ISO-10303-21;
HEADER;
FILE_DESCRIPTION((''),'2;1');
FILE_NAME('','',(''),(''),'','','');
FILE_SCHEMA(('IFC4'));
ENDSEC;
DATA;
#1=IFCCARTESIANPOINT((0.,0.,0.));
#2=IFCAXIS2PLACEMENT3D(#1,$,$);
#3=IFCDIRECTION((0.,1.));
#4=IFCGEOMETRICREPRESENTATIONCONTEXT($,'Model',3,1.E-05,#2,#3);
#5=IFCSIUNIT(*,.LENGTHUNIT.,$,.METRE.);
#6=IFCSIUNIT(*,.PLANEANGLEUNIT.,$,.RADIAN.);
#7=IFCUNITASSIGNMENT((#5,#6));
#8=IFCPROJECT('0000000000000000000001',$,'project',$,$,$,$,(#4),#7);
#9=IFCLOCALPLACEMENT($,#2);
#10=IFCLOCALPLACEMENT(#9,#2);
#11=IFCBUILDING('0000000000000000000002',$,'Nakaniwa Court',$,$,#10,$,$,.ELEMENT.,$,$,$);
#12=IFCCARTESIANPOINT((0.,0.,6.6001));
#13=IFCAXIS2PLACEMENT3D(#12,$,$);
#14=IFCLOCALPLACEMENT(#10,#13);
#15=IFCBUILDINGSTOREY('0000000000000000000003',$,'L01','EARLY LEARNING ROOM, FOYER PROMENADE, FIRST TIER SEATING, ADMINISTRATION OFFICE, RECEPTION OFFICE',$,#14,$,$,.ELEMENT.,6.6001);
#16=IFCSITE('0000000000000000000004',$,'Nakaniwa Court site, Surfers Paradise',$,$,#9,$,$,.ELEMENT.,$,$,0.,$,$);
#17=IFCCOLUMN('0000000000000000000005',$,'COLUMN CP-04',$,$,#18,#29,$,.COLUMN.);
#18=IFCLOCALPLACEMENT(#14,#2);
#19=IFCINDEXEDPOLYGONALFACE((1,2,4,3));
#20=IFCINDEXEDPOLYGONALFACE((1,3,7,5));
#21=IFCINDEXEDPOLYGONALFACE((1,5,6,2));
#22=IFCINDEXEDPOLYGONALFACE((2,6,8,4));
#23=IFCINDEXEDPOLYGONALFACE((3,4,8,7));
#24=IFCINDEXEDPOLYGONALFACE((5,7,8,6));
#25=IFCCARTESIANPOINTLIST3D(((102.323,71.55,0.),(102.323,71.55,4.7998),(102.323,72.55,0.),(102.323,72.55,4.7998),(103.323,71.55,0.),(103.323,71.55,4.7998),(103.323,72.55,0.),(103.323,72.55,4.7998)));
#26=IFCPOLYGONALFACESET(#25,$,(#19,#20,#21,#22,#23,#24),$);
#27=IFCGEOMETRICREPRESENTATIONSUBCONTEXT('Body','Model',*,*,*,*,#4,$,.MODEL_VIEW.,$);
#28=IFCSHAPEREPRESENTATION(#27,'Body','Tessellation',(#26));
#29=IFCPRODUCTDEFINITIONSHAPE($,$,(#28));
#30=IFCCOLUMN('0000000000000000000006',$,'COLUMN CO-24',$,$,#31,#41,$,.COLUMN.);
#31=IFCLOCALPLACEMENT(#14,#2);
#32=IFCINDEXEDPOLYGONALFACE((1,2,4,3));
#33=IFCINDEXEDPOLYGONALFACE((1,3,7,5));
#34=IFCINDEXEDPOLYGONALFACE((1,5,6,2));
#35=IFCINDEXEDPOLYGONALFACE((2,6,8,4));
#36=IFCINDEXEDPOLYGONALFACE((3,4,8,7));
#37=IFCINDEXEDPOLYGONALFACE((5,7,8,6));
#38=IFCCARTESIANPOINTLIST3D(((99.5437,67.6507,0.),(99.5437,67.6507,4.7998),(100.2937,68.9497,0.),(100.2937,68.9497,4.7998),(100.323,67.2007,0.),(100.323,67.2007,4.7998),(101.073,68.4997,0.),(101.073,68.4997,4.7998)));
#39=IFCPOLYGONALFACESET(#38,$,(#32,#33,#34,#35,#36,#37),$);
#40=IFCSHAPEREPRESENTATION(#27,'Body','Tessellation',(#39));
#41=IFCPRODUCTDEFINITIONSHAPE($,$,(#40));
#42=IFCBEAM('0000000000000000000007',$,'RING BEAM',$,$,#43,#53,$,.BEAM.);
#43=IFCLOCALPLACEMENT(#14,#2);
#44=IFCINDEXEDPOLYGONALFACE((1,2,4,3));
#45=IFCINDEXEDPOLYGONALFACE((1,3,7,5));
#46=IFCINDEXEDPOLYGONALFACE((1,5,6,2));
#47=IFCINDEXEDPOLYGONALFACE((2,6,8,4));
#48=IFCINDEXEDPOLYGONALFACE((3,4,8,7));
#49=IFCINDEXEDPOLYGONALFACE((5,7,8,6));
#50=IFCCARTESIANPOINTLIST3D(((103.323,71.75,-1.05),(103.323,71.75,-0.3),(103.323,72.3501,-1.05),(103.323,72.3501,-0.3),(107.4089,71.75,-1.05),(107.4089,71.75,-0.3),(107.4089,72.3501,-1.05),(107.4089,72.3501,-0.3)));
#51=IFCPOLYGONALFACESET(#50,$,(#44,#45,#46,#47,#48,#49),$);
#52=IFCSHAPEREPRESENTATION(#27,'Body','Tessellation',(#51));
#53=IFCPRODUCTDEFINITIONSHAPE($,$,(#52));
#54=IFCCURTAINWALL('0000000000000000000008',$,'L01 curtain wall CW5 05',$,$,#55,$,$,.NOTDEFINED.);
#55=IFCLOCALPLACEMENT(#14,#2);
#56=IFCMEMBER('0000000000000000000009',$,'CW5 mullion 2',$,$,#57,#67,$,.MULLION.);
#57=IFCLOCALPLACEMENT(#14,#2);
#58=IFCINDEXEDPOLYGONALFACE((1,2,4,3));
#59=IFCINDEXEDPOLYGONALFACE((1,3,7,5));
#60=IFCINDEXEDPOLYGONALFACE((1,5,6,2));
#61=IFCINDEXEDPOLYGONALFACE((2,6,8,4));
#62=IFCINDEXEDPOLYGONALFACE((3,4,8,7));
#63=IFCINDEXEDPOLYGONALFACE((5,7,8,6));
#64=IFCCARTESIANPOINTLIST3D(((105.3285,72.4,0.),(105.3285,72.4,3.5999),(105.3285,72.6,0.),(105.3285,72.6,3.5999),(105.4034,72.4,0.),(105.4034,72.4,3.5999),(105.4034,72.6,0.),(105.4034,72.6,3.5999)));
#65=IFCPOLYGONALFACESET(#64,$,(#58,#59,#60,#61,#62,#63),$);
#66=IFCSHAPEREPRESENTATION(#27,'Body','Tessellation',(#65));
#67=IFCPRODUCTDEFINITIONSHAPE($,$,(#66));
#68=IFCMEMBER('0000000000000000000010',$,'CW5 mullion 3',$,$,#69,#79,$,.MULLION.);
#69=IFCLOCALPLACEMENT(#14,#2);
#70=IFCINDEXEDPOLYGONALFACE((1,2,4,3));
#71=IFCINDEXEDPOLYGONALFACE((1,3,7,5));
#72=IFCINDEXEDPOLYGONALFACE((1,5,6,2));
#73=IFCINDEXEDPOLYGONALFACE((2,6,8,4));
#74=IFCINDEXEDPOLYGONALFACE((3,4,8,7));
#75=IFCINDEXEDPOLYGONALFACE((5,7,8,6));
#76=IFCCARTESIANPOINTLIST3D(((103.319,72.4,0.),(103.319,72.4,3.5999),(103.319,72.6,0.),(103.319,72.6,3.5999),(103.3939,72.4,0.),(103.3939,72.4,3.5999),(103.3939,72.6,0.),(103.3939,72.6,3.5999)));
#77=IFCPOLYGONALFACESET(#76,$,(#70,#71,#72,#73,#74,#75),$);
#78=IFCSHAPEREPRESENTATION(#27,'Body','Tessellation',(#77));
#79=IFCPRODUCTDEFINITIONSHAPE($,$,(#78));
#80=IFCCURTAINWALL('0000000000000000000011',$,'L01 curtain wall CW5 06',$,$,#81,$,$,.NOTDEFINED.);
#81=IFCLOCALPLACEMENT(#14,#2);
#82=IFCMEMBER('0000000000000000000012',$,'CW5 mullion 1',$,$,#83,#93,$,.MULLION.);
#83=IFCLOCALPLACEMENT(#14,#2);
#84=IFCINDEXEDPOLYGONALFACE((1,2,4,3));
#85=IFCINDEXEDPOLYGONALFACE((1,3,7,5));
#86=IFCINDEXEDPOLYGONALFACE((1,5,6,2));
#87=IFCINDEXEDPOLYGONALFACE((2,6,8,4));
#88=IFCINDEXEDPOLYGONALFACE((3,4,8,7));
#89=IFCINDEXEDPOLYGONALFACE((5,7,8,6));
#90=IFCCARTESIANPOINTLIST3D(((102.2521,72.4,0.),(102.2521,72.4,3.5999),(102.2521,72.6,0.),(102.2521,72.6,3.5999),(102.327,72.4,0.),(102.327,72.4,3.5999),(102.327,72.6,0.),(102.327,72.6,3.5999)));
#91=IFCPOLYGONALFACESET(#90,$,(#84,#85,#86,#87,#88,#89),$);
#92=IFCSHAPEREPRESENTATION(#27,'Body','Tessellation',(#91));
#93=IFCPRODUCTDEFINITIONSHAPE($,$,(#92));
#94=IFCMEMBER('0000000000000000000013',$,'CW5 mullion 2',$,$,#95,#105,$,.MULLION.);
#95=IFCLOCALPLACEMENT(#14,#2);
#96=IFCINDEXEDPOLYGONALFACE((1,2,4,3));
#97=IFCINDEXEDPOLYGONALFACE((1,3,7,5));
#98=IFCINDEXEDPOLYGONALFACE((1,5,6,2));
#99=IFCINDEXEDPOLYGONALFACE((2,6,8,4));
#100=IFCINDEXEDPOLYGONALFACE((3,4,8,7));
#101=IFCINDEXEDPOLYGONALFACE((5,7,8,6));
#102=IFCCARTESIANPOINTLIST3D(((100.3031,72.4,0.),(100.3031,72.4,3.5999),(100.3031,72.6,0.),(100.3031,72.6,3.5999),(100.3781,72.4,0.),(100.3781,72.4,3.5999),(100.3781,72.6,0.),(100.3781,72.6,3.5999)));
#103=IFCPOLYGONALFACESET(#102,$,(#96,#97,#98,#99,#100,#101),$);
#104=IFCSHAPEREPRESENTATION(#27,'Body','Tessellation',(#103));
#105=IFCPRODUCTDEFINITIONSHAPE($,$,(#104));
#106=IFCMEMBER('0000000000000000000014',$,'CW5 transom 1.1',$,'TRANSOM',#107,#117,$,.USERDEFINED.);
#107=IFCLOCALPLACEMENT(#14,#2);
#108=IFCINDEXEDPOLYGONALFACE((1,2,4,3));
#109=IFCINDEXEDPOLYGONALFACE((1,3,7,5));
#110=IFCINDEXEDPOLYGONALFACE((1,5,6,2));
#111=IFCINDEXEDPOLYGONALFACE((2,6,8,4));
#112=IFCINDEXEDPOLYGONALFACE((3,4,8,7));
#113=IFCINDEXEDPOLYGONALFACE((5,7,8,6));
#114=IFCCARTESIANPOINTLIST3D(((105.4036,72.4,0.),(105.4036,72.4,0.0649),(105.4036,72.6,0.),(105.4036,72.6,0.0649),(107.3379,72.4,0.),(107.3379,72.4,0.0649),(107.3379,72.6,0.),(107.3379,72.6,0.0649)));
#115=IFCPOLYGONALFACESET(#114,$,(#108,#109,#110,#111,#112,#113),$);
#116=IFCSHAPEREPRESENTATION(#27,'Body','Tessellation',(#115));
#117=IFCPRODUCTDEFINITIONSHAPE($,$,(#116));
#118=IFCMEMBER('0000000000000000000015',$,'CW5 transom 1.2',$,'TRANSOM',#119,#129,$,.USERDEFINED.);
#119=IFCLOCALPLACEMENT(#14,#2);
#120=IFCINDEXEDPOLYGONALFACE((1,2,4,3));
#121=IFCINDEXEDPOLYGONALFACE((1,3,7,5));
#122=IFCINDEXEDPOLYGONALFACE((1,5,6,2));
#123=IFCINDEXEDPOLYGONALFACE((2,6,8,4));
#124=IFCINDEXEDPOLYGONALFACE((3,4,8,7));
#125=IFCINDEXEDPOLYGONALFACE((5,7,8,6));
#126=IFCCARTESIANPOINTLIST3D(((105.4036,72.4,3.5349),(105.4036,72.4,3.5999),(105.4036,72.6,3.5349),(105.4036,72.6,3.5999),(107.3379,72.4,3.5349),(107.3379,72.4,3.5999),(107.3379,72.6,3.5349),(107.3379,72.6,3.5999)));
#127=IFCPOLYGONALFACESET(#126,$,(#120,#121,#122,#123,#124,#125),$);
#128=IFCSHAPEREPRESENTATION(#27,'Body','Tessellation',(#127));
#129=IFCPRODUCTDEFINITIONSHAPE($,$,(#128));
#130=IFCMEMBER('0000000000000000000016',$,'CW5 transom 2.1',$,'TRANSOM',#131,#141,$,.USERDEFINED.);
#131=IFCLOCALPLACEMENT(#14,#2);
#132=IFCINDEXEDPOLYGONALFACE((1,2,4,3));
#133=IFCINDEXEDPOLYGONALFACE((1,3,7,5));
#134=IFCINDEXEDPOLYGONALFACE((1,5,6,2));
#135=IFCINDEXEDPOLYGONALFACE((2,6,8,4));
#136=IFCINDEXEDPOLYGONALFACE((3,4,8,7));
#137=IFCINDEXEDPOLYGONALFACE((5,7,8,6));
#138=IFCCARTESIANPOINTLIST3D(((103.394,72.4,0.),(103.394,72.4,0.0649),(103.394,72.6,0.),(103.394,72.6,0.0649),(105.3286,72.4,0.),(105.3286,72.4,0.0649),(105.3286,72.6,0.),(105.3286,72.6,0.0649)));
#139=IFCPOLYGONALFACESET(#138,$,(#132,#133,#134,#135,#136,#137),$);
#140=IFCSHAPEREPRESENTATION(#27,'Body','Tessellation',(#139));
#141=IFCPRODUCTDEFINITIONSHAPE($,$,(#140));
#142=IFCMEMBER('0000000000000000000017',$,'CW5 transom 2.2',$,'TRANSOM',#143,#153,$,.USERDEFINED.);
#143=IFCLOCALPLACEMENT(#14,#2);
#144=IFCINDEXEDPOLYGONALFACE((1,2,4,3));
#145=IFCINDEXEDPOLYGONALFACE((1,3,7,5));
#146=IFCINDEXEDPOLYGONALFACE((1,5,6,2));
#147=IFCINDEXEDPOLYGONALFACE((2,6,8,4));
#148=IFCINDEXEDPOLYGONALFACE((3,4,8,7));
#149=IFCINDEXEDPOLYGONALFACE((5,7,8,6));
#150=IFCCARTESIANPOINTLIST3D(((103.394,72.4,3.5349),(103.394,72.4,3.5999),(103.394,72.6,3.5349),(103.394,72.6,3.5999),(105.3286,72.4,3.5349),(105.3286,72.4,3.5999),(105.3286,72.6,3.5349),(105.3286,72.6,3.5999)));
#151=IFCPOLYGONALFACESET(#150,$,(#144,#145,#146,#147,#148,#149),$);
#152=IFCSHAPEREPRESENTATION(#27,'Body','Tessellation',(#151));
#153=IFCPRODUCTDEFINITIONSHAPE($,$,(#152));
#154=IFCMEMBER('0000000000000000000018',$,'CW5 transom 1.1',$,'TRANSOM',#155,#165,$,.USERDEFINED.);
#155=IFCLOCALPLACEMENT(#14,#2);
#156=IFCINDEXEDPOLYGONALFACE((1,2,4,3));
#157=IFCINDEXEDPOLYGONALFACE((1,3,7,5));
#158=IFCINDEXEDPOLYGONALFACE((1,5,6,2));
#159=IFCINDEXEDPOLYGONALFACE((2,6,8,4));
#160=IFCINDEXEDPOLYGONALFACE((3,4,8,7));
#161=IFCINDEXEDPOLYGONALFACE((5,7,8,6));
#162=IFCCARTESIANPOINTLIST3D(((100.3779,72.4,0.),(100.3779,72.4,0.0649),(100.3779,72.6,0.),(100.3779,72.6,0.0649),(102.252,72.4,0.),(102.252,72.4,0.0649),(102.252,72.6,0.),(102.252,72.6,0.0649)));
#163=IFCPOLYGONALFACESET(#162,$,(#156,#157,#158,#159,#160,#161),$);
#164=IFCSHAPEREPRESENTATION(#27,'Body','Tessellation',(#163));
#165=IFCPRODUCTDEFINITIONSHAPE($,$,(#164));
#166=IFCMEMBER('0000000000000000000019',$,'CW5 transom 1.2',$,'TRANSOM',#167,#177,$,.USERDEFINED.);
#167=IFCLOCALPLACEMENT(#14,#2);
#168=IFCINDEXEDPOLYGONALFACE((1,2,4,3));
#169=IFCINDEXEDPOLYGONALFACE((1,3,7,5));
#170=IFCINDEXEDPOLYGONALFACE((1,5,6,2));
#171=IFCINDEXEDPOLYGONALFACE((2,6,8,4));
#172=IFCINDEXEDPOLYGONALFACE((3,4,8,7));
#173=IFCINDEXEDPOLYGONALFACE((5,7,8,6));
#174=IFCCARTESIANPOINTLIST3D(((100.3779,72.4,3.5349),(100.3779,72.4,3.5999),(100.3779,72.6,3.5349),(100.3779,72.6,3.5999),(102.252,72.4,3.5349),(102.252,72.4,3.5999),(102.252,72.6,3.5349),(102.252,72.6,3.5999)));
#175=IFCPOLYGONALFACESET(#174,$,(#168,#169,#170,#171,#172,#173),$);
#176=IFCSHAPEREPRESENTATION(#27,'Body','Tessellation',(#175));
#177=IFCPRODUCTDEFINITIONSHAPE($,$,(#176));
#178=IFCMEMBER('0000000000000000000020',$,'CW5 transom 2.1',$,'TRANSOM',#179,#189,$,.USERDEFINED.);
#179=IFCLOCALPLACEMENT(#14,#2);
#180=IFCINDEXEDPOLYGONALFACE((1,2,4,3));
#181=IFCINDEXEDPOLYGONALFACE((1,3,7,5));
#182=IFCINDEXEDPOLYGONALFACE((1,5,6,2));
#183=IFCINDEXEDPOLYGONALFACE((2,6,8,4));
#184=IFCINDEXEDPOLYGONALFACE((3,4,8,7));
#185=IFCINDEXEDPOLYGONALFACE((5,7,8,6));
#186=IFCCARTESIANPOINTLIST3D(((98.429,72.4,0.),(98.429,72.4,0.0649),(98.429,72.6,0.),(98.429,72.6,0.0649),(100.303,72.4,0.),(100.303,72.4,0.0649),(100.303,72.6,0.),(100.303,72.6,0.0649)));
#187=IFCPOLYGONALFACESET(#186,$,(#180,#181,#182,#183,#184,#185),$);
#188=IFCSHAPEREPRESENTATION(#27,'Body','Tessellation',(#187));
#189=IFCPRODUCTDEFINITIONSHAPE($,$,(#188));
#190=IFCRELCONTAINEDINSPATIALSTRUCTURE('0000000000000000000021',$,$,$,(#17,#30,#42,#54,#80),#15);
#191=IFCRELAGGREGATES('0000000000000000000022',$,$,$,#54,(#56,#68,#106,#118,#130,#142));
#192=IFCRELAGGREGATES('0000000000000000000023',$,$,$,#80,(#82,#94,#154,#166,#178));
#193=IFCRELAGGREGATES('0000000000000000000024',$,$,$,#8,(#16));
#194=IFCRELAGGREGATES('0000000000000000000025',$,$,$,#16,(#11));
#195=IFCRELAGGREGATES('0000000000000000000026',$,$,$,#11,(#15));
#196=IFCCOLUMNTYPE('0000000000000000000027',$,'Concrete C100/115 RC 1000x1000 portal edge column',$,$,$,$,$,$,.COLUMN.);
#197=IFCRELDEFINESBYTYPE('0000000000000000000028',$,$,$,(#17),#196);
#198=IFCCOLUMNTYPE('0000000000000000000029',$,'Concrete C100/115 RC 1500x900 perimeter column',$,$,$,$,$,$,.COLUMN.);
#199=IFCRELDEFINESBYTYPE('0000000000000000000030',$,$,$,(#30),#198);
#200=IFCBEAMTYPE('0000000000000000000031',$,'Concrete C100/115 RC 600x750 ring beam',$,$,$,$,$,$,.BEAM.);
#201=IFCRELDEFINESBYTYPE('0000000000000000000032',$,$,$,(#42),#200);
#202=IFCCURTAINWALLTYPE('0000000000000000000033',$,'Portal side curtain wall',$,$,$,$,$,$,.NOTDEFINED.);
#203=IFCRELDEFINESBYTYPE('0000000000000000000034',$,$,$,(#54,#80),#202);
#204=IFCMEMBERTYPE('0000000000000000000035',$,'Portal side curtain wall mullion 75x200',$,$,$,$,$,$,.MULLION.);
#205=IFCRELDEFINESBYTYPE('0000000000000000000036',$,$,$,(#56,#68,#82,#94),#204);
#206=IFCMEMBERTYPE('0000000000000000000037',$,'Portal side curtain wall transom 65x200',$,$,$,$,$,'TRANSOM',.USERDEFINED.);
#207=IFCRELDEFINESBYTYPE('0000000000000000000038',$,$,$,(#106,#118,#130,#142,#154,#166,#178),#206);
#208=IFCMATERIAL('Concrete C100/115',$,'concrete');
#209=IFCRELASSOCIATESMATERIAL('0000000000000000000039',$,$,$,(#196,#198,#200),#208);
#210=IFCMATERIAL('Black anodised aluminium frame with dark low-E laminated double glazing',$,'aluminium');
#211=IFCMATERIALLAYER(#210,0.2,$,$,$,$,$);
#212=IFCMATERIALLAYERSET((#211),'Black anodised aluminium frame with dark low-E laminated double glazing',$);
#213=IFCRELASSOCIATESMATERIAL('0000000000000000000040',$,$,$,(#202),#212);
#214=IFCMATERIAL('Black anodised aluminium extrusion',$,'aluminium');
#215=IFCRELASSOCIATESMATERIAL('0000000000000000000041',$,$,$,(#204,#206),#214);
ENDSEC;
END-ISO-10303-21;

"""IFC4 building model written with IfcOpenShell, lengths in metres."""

from ifc_helpers import new_model, si_unit, direction, frame, origin, origin_2d, place, context, subcontext, project, spatial, rectangle, extrude, material, layer, layer_set, material_profile, profile_set, type_object, element, aggregate, save


model = new_model("IFC4")

# Units and contexts
model_context = context("Model", 3, precision=1e-05, world=origin(), true_north=direction((0.0, 1.0)))
body_context = subcontext(model_context, "Body", "Model", "MODEL_VIEW")
ifc_project = project(units=[si_unit("LENGTHUNIT", "METRE"), si_unit("PLANEANGLEUNIT", "RADIAN")], contexts=[model_context])

# Site, building, storey
site_placement = place(None, origin())
site = spatial("IfcSite", under=ifc_project, at=site_placement, Name="Nakaniwa Court site, Surfers Paradise", CompositionType="ELEMENT", RefElevation=0.0)
building_placement = place(site_placement, origin())
building = spatial("IfcBuilding", under=site, at=building_placement, Name="Nakaniwa Court", CompositionType="ELEMENT")
storey_placement = place(building_placement, frame((0.0, 0.0, 6.6001)))
storey = spatial("IfcBuildingStorey", under=building, at=storey_placement, Name="L01", Description="EARLY LEARNING ROOM, FOYER PROMENADE, FIRST TIER SEATING, ADMINISTRATION OFFICE, RECEPTION OFFICE", CompositionType="ELEMENT", Elevation=6.6001)

# Columns
ifc_material_1 = material(Name="Concrete C100/115", Category="concrete")
ifc_material_profile_1 = material_profile(ifc_material_1, rectangle(XDim=1.0, YDim=1.0, at=origin_2d()), Name="Concrete C100/115 RC 1000x1000 portal edge column")
ifc_profile_set_1 = profile_set([ifc_material_profile_1], Name="Concrete C100/115")
column_type_1 = type_object("IfcColumnType", Name="Concrete C100/115 RC 1000x1000 portal edge column", PredefinedType="COLUMN", material=ifc_profile_set_1)
column_1_placement = place(storey_placement, frame((102.823, 72.05, 0.0), z_axis=(0.0, 0.0, 1.0), x_axis=(1.0, 0.0, 0.0)))
element("IfcColumn", 1, at=column_1_placement, inside=storey, type_object=column_type_1, Name="COLUMN CP-04", PredefinedType="COLUMN", context=body_context, shape_type="SweptSolid", body=[
    extrude(rectangle(XDim=1.0, YDim=1.0, at=origin_2d()), origin(), (0.0, 0.0, 1.0), 4.7998),
])
ifc_material_profile_2 = material_profile(ifc_material_1, rectangle(XDim=1.5, YDim=0.8999, at=origin_2d()), Name="Concrete C100/115 RC 1500x900 perimeter column")
ifc_profile_set_2 = profile_set([ifc_material_profile_2], Name="Concrete C100/115")
column_type_2 = type_object("IfcColumnType", Name="Concrete C100/115 RC 1500x900 perimeter column", PredefinedType="COLUMN", material=ifc_profile_set_2)
column_2_placement = place(storey_placement, frame((100.3083, 68.0752, 0.0), z_axis=(0.0, 0.0, 1.0), x_axis=(0.5, 0.866025, 0.0)))
element("IfcColumn", 2, at=column_2_placement, inside=storey, type_object=column_type_2, Name="COLUMN CO-24", PredefinedType="COLUMN", context=body_context, shape_type="SweptSolid", body=[
    extrude(rectangle(XDim=1.5, YDim=0.8999, at=origin_2d()), origin(), (0.0, 0.0, 1.0), 4.7998),
])

# Beam
ifc_material_profile_3 = material_profile(ifc_material_1, rectangle(XDim=0.6001, YDim=0.75, at=origin_2d()), Name="Concrete C100/115 RC 600x750 ring beam")
ifc_profile_set_3 = profile_set([ifc_material_profile_3], Name="Concrete C100/115")
beam_type = type_object("IfcBeamType", Name="Concrete C100/115 RC 600x750 ring beam", PredefinedType="BEAM", material=ifc_profile_set_3)
beam_placement = place(storey_placement, frame((103.323, 72.05, -0.675), z_axis=(1.0, 0.0, 0.0), x_axis=(0.0, 1.0, 0.0)))
element("IfcBeam", 3, at=beam_placement, inside=storey, type_object=beam_type, Name="RING BEAM", PredefinedType="BEAM", context=body_context, shape_type="SweptSolid", body=[
    extrude(rectangle(XDim=0.6001, YDim=0.75, at=origin_2d()), origin(), (0.0, 0.0, 1.0), 4.0859),
])

# Curtain walls, members
ifc_material_2 = material(Name="Black anodised aluminium frame with dark low-E laminated double glazing", Category="aluminium")
ifc_layer_1 = layer(ifc_material_2, 0.2)
ifc_layer_set_1 = layer_set([ifc_layer_1], Name="Black anodised aluminium frame with dark low-E laminated double glazing")
curtain_wall_type = type_object("IfcCurtainWallType", Name="Portal side curtain wall", PredefinedType="NOTDEFINED", material=ifc_layer_set_1)
curtain_wall_1_placement = place(storey_placement, origin())
curtain_wall_1 = element("IfcCurtainWall", 4, at=curtain_wall_1_placement, inside=storey, type_object=curtain_wall_type, Name="L01 curtain wall CW5 05", PredefinedType="NOTDEFINED")
ifc_material_3 = material(Name="Black anodised aluminium extrusion", Category="aluminium")
ifc_material_profile_4 = material_profile(ifc_material_3, rectangle(XDim=0.2, YDim=0.075, at=origin_2d()), Name="Portal side curtain wall mullion 75x200")
ifc_profile_set_4 = profile_set([ifc_material_profile_4], Name="Black anodised aluminium extrusion")
member_type_1 = type_object("IfcMemberType", Name="Portal side curtain wall mullion 75x200", PredefinedType="MULLION", material=ifc_profile_set_4)
member_1_placement = place(storey_placement, frame((105.366, 72.5, 0.0), z_axis=(0.0, 0.0, 1.0), x_axis=(0.0, -1.0, 0.0)))
member_1 = element("IfcMember", 5, at=member_1_placement, type_object=member_type_1, Name="CW5 mullion 2", PredefinedType="MULLION", context=body_context, shape_type="SweptSolid", body=[
    extrude(rectangle(XDim=0.2, YDim=0.075, at=origin_2d()), origin(), (0.0, 0.0, 1.0), 3.5999),
])
member_2_placement = place(storey_placement, frame((103.3564, 72.5, 0.0), z_axis=(0.0, 0.0, 1.0), x_axis=(0.0, -1.0, 0.0)))
member_2 = element("IfcMember", 6, at=member_2_placement, type_object=member_type_1, Name="CW5 mullion 3", PredefinedType="MULLION", context=body_context, shape_type="SweptSolid", body=[
    extrude(rectangle(XDim=0.2, YDim=0.075, at=origin_2d()), origin(), (0.0, 0.0, 1.0), 3.5999),
])
curtain_wall_2_placement = place(storey_placement, origin())
curtain_wall_2 = element("IfcCurtainWall", 7, at=curtain_wall_2_placement, inside=storey, type_object=curtain_wall_type, Name="L01 curtain wall CW5 06", PredefinedType="NOTDEFINED")
member_3_placement = place(storey_placement, frame((102.2896, 72.5, 0.0), z_axis=(0.0, 0.0, 1.0), x_axis=(0.0, -1.0, 0.0)))
member_3 = element("IfcMember", 8, at=member_3_placement, type_object=member_type_1, Name="CW5 mullion 1", PredefinedType="MULLION", context=body_context, shape_type="SweptSolid", body=[
    extrude(rectangle(XDim=0.2, YDim=0.075, at=origin_2d()), origin(), (0.0, 0.0, 1.0), 3.5999),
])
member_4_placement = place(storey_placement, frame((100.3406, 72.5, 0.0), z_axis=(0.0, 0.0, 1.0), x_axis=(0.0, -1.0, 0.0)))
member_4 = element("IfcMember", 9, at=member_4_placement, type_object=member_type_1, Name="CW5 mullion 2", PredefinedType="MULLION", context=body_context, shape_type="SweptSolid", body=[
    extrude(rectangle(XDim=0.2, YDim=0.075, at=origin_2d()), origin(), (0.0, 0.0, 1.0), 3.5999),
])

# Members
ifc_material_profile_5 = material_profile(ifc_material_3, rectangle(XDim=0.2, YDim=0.0649, at=origin_2d()), Name="Portal side curtain wall transom 65x200")
ifc_profile_set_5 = profile_set([ifc_material_profile_5], Name="Black anodised aluminium extrusion")
member_type_2 = type_object("IfcMemberType", Name="Portal side curtain wall transom 65x200", ElementType="TRANSOM", PredefinedType="USERDEFINED", material=ifc_profile_set_5)
member_5_placement = place(storey_placement, frame((107.3379, 72.5, 0.0325), z_axis=(-1.0, 0.0, 0.0), x_axis=(0.0, -1.0, 0.0)))
member_5 = element("IfcMember", 10, at=member_5_placement, type_object=member_type_2, Name="CW5 transom 1.1", ObjectType="TRANSOM", PredefinedType="USERDEFINED", context=body_context, shape_type="SweptSolid", body=[
    extrude(rectangle(XDim=0.2, YDim=0.0649, at=origin_2d()), origin(), (0.0, 0.0, 1.0), 1.9343),
])
member_6_placement = place(storey_placement, frame((107.3379, 72.5, 3.5674), z_axis=(-1.0, 0.0, 0.0), x_axis=(0.0, -1.0, 0.0)))
member_6 = element("IfcMember", 11, at=member_6_placement, type_object=member_type_2, Name="CW5 transom 1.2", ObjectType="TRANSOM", PredefinedType="USERDEFINED", context=body_context, shape_type="SweptSolid", body=[
    extrude(rectangle(XDim=0.2, YDim=0.0649, at=origin_2d()), origin(), (0.0, 0.0, 1.0), 1.9343),
])
member_7_placement = place(storey_placement, frame((105.3286, 72.5, 0.0325), z_axis=(-1.0, 0.0, 0.0), x_axis=(0.0, -1.0, 0.0)))
member_7 = element("IfcMember", 12, at=member_7_placement, type_object=member_type_2, Name="CW5 transom 2.1", ObjectType="TRANSOM", PredefinedType="USERDEFINED", context=body_context, shape_type="SweptSolid", body=[
    extrude(rectangle(XDim=0.2, YDim=0.0649, at=origin_2d()), origin(), (0.0, 0.0, 1.0), 1.9346),
])
member_8_placement = place(storey_placement, frame((105.3286, 72.5, 3.5674), z_axis=(-1.0, 0.0, 0.0), x_axis=(0.0, -1.0, 0.0)))
member_8 = element("IfcMember", 13, at=member_8_placement, type_object=member_type_2, Name="CW5 transom 2.2", ObjectType="TRANSOM", PredefinedType="USERDEFINED", context=body_context, shape_type="SweptSolid", body=[
    extrude(rectangle(XDim=0.2, YDim=0.0649, at=origin_2d()), origin(), (0.0, 0.0, 1.0), 1.9346),
])
member_9_placement = place(storey_placement, frame((102.252, 72.5, 0.0325), z_axis=(-1.0, 0.0, 0.0), x_axis=(0.0, -1.0, 0.0)))
member_9 = element("IfcMember", 14, at=member_9_placement, type_object=member_type_2, Name="CW5 transom 1.1", ObjectType="TRANSOM", PredefinedType="USERDEFINED", context=body_context, shape_type="SweptSolid", body=[
    extrude(rectangle(XDim=0.2, YDim=0.0649, at=origin_2d()), origin(), (0.0, 0.0, 1.0), 1.874),
])
member_10_placement = place(storey_placement, frame((102.252, 72.5, 3.5674), z_axis=(-1.0, 0.0, 0.0), x_axis=(0.0, -1.0, 0.0)))
member_10 = element("IfcMember", 15, at=member_10_placement, type_object=member_type_2, Name="CW5 transom 1.2", ObjectType="TRANSOM", PredefinedType="USERDEFINED", context=body_context, shape_type="SweptSolid", body=[
    extrude(rectangle(XDim=0.2, YDim=0.0649, at=origin_2d()), origin(), (0.0, 0.0, 1.0), 1.874),
])
member_11_placement = place(storey_placement, frame((100.303, 72.5, 0.0325), z_axis=(-1.0, 0.0, 0.0), x_axis=(0.0, -1.0, 0.0)))
member_11 = element("IfcMember", 16, at=member_11_placement, type_object=member_type_2, Name="CW5 transom 2.1", ObjectType="TRANSOM", PredefinedType="USERDEFINED", context=body_context, shape_type="SweptSolid", body=[
    extrude(rectangle(XDim=0.2, YDim=0.0649, at=origin_2d()), origin(), (0.0, 0.0, 1.0), 1.874),
])

aggregate(curtain_wall_1, [member_1, member_2, member_5, member_6, member_7, member_8])
aggregate(curtain_wall_2, [member_3, member_4, member_9, member_10, member_11])

save(model, "model.ifc")
